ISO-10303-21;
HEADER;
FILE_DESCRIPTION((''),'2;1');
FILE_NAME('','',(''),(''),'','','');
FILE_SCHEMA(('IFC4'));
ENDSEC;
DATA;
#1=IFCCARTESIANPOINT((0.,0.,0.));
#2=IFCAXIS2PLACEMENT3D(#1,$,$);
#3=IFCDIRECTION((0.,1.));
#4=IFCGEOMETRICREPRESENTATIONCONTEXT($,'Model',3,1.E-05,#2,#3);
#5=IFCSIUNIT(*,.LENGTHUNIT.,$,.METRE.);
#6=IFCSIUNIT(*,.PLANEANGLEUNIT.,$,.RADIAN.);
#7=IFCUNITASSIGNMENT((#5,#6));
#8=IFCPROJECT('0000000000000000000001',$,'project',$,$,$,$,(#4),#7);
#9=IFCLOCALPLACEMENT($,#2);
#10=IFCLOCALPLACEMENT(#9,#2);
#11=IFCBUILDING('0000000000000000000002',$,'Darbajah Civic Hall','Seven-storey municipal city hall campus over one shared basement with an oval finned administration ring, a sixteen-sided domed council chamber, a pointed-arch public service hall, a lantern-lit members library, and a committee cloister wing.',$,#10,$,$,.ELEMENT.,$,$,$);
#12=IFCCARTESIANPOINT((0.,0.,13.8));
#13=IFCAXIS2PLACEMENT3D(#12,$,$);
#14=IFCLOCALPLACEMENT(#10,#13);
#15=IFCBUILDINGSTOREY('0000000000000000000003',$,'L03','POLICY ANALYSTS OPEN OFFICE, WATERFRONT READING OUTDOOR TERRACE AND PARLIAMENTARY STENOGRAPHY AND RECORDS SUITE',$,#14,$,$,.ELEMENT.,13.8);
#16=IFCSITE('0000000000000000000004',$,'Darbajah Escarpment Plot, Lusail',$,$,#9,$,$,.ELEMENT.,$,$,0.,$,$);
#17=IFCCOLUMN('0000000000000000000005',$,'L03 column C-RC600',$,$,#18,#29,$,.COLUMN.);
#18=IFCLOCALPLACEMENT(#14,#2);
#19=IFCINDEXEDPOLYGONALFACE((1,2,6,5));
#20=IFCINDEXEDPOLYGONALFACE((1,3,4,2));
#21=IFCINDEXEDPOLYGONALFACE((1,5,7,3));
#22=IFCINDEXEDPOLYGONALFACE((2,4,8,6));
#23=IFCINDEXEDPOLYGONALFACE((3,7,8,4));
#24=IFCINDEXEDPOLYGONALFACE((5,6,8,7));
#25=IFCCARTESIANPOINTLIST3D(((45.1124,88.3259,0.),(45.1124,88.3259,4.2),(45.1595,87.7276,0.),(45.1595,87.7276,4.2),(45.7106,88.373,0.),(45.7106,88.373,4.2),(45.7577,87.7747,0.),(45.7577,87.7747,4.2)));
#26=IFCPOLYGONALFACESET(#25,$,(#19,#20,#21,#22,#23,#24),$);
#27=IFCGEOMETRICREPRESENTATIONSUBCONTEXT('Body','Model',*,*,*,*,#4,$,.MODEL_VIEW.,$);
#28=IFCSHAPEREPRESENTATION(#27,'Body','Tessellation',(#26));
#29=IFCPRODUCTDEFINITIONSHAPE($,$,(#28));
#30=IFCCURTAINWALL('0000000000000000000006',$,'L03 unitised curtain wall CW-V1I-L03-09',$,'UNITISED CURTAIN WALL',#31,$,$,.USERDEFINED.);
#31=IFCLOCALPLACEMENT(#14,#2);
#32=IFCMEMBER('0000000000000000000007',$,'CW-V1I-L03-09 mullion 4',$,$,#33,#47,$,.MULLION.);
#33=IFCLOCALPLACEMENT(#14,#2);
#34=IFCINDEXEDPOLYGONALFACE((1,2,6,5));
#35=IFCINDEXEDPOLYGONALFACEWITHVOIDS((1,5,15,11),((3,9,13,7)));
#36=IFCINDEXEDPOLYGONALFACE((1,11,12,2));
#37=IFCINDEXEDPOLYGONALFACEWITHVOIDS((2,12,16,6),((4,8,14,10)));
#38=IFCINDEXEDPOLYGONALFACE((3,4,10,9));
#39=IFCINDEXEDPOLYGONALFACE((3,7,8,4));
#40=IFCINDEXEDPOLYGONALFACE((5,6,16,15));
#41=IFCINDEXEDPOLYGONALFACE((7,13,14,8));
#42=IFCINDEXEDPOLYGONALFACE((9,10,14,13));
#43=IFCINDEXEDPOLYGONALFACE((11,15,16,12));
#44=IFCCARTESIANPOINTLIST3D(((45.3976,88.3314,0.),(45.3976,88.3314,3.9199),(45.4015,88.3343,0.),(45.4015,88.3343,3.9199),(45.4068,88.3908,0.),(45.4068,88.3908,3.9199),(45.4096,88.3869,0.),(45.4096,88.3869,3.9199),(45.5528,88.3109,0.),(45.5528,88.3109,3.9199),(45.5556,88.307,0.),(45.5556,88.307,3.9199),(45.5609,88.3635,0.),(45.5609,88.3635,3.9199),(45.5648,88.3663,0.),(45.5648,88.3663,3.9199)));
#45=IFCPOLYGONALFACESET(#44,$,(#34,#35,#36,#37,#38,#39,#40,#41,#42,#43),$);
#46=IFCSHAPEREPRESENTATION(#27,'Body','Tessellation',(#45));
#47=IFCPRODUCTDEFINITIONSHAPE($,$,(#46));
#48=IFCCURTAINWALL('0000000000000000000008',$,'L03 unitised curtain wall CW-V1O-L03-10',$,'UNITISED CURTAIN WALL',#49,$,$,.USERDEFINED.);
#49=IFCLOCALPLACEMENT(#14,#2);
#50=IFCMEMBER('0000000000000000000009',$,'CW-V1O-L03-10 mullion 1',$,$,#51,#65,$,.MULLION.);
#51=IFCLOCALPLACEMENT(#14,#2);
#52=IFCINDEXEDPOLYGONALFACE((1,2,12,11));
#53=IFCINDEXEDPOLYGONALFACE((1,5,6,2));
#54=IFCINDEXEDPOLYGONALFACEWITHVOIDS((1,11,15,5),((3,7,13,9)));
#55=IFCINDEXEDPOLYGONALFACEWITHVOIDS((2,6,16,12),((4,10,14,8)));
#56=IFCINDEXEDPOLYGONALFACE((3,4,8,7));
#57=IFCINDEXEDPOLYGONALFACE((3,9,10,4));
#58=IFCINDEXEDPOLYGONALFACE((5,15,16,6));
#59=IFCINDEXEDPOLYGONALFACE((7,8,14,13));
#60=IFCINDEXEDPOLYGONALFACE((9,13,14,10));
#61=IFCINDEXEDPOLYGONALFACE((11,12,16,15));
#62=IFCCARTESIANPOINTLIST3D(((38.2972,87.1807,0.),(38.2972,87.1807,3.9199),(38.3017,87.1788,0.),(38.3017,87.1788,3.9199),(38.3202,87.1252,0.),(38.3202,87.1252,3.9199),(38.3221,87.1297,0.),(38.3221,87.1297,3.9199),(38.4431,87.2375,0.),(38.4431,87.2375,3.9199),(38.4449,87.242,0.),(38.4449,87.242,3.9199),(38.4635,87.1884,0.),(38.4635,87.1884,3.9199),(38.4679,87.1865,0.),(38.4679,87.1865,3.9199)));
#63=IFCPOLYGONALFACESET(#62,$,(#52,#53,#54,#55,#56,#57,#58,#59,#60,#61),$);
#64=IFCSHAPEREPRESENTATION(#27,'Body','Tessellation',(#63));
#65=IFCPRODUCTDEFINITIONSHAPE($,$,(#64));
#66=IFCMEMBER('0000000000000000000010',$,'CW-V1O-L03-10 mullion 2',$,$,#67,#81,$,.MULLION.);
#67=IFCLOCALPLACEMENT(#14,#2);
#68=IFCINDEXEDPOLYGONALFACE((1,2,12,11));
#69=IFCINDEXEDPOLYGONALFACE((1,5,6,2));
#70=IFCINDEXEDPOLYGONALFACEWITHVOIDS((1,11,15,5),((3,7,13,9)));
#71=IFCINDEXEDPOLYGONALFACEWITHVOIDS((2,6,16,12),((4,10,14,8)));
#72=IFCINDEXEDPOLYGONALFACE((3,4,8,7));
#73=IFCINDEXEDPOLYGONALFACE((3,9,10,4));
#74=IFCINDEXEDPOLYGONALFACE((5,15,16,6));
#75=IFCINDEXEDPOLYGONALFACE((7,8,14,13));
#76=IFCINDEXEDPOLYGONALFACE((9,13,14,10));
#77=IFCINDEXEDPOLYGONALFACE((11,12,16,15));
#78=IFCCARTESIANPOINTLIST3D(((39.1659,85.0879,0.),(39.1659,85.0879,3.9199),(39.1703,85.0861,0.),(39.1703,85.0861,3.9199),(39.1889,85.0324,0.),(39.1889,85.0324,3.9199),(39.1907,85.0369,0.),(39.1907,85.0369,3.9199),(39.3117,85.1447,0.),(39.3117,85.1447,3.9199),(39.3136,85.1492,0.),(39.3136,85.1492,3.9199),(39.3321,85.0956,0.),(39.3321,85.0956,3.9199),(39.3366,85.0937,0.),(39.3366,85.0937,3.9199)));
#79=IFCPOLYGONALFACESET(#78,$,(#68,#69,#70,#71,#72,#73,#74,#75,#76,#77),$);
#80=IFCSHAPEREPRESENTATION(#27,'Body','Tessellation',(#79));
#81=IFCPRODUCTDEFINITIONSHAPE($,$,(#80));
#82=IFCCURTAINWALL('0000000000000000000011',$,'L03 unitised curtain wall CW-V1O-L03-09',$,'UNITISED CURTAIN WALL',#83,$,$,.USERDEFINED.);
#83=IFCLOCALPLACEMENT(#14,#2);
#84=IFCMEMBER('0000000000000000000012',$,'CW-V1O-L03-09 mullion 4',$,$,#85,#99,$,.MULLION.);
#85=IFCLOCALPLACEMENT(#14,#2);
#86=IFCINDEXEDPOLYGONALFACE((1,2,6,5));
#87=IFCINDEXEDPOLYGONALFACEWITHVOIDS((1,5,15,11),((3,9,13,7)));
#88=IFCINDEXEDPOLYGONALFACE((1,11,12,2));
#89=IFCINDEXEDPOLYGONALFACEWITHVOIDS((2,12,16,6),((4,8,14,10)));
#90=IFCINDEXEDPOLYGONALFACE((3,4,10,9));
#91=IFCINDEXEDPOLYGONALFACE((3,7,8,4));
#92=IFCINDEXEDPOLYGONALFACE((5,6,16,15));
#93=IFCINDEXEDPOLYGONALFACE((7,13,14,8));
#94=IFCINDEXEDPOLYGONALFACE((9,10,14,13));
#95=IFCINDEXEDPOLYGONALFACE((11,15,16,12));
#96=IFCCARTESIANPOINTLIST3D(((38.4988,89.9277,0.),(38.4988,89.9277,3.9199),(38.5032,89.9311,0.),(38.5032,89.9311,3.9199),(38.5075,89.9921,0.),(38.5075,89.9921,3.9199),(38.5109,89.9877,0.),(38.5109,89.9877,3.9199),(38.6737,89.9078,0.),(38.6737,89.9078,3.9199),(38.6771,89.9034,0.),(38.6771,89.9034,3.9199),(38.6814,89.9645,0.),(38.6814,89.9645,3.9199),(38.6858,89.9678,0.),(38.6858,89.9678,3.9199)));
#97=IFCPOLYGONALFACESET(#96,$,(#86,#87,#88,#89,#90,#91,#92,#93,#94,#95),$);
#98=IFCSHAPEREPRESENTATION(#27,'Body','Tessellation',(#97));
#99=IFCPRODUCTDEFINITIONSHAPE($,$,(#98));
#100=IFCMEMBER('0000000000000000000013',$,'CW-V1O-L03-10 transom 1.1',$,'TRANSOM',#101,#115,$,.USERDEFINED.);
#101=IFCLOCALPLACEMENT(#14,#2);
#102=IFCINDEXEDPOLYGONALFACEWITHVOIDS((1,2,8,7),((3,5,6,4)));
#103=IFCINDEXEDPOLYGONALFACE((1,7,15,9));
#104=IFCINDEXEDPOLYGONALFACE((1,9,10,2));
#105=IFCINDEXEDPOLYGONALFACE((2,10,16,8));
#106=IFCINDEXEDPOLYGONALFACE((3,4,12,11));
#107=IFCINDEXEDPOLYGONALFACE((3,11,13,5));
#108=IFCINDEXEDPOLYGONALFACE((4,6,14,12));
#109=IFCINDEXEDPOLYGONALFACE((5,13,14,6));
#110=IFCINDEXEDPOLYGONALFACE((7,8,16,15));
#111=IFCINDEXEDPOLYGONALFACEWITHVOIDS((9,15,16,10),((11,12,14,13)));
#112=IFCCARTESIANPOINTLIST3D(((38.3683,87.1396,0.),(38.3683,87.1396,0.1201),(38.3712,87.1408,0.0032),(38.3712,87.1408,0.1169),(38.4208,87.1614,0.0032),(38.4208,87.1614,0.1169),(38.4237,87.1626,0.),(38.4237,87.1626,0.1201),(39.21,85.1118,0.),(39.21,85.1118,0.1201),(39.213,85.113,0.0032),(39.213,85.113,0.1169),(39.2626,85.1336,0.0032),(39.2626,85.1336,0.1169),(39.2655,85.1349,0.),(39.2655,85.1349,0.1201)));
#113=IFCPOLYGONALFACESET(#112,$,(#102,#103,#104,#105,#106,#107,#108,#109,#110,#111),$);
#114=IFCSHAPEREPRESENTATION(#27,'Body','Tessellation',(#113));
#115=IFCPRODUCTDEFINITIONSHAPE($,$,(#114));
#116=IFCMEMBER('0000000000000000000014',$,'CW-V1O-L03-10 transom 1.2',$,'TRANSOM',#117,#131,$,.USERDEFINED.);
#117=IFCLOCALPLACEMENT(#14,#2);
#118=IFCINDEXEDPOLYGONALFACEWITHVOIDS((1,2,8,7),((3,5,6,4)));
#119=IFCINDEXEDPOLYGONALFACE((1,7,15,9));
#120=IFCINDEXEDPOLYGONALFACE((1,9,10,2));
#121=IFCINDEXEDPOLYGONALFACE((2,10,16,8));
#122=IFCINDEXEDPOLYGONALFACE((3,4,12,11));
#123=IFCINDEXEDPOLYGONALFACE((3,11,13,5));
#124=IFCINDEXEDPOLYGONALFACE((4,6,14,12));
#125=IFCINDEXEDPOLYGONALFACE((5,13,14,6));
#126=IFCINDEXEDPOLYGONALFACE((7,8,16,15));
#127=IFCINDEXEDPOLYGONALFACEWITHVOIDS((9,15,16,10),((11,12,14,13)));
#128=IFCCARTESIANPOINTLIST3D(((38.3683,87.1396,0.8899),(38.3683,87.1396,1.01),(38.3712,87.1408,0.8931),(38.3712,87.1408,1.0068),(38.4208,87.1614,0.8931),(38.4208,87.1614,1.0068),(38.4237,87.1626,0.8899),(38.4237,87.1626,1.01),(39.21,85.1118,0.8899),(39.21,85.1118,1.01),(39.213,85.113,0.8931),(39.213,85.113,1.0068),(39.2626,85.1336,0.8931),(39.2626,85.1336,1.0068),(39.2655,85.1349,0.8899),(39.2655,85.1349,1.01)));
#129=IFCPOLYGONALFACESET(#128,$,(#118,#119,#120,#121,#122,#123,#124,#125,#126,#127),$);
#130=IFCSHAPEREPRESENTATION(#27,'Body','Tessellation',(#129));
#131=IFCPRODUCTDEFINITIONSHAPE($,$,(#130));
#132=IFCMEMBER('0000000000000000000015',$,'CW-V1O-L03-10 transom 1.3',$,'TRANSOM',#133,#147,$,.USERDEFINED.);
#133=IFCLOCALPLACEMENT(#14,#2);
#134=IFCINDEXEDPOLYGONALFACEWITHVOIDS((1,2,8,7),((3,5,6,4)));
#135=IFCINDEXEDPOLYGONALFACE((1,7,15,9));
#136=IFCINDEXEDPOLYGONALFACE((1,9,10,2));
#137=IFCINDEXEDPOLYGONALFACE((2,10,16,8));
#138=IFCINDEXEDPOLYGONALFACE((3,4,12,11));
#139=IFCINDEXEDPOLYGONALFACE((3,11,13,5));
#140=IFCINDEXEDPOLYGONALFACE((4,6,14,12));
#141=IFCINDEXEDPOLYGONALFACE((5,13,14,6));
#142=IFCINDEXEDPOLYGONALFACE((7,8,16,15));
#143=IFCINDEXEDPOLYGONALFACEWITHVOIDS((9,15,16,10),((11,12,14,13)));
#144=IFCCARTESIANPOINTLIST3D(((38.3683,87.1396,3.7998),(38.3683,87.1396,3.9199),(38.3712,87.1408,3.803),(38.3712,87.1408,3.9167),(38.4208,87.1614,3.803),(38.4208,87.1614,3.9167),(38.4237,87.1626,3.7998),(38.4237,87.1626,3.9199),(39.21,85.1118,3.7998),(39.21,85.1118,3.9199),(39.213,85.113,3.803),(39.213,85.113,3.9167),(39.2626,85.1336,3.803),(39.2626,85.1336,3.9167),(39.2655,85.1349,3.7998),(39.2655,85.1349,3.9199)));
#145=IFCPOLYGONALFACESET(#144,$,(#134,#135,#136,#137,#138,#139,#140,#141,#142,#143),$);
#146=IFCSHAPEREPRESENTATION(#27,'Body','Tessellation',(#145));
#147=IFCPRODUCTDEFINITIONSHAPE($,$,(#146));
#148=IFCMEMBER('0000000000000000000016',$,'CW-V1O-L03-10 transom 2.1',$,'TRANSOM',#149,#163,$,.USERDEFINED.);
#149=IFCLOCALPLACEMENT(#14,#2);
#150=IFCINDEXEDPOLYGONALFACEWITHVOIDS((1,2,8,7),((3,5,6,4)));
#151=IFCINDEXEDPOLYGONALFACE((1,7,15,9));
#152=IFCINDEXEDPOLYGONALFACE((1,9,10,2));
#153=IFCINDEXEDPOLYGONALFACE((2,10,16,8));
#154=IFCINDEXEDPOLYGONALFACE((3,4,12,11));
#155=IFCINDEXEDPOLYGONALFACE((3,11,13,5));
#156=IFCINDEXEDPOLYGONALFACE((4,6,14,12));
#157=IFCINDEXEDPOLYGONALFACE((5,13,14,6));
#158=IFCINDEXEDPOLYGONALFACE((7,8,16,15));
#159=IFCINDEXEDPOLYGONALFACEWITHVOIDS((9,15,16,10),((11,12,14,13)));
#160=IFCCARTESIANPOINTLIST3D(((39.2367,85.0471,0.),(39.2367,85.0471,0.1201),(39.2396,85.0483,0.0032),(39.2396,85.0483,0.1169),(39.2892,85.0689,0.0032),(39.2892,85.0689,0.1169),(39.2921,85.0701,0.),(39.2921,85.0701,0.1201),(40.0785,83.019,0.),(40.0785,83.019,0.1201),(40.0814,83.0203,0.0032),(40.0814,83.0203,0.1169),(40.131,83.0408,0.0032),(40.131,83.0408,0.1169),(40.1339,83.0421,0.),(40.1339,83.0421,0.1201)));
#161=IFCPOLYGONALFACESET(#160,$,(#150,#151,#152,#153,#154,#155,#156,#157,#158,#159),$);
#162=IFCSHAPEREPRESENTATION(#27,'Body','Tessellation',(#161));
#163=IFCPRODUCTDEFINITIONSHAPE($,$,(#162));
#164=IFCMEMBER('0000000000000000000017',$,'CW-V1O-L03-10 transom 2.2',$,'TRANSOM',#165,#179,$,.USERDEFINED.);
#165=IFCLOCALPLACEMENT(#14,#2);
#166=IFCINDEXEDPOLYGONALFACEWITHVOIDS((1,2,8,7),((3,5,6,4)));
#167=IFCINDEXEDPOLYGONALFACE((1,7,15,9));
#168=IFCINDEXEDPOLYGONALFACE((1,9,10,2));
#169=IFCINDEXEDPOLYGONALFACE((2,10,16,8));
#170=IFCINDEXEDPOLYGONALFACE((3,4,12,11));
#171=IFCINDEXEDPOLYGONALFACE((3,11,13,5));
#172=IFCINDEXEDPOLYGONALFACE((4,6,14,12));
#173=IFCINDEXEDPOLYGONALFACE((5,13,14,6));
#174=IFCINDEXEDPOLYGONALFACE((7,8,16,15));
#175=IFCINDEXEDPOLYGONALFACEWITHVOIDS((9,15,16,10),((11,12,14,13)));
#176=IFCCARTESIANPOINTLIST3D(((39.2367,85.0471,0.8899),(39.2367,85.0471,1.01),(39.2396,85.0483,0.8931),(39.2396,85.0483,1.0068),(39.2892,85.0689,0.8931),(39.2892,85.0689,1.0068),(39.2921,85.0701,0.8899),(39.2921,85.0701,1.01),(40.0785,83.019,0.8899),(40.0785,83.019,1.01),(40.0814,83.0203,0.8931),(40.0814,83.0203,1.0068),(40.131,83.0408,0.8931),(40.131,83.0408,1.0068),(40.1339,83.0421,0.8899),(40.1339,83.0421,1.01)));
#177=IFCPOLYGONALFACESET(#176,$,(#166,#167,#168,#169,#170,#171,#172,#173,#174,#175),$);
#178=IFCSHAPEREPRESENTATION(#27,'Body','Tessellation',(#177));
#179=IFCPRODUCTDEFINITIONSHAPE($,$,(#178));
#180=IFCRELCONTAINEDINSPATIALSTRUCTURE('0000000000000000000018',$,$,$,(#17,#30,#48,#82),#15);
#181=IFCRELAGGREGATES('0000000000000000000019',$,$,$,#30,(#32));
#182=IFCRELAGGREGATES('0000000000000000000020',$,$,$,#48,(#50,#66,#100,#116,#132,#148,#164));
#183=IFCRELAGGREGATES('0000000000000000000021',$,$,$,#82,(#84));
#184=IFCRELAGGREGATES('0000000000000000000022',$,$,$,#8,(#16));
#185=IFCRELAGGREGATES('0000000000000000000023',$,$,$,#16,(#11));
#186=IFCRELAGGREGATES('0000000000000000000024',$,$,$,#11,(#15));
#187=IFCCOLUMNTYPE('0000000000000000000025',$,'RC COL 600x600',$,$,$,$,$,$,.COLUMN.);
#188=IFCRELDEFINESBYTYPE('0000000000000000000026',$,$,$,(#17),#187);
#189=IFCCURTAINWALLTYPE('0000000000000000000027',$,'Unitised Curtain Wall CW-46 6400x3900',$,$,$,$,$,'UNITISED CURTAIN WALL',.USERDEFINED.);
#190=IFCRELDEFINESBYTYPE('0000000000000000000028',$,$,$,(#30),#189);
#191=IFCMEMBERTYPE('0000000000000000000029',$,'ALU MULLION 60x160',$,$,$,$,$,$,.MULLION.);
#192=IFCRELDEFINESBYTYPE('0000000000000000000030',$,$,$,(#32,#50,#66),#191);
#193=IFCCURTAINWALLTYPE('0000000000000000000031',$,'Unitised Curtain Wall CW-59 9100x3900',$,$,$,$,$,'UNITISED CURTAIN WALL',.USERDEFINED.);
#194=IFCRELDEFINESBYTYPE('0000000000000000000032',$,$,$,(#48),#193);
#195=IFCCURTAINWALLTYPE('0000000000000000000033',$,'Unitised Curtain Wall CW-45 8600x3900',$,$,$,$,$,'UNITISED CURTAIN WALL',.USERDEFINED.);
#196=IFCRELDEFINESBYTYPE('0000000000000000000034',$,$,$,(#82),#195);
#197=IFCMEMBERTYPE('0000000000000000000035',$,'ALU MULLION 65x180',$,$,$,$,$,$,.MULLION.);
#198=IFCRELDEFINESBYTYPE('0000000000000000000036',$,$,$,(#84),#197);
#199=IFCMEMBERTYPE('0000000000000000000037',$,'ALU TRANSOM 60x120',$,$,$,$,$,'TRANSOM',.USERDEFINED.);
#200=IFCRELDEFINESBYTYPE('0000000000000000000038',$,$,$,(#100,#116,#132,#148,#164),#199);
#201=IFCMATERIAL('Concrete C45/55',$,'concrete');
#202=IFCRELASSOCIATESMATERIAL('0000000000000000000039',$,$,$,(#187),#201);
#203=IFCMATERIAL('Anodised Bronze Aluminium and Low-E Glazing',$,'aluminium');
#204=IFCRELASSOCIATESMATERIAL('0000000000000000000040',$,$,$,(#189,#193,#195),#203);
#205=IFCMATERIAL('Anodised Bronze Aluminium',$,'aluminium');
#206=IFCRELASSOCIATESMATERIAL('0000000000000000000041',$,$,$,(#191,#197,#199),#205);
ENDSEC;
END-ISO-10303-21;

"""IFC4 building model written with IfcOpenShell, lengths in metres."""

from ifc_helpers import new_model, si_unit, direction, frame, origin, origin_2d, place, context, subcontext, project, spatial, rectangle, hollow_rectangle, extrude, material, material_profile, profile_set, type_object, element, aggregate, save


model = new_model("IFC4")

# Units and contexts
model_context = context("Model", 3, precision=1e-05, world=origin(), true_north=direction((0.0, 1.0)))
body_context = subcontext(model_context, "Body", "Model", "MODEL_VIEW")
ifc_project = project(units=[si_unit("LENGTHUNIT", "METRE"), si_unit("PLANEANGLEUNIT", "RADIAN")], contexts=[model_context])

# Site, building, storey
site_placement = place(None, origin())
site = spatial("IfcSite", under=ifc_project, at=site_placement, Name="Darbajah Escarpment Plot, Lusail", CompositionType="ELEMENT", RefElevation=0.0)
building_placement = place(site_placement, origin())
building = spatial("IfcBuilding", under=site, at=building_placement, Name="Darbajah Civic Hall", Description="Seven-storey municipal city hall campus over one shared basement with an oval finned administration ring, a sixteen-sided domed council chamber, a pointed-arch public service hall, a lantern-lit members library, and a committee cloister wing.", CompositionType="ELEMENT")
storey_placement = place(building_placement, frame((0.0, 0.0, 13.8)))
storey = spatial("IfcBuildingStorey", under=building, at=storey_placement, Name="L03", Description="POLICY ANALYSTS OPEN OFFICE, WATERFRONT READING OUTDOOR TERRACE AND PARLIAMENTARY STENOGRAPHY AND RECORDS SUITE", CompositionType="ELEMENT", Elevation=13.8)

# Column
ifc_material_1 = material(Name="Concrete C45/55", Category="concrete")
ifc_material_profile_1 = material_profile(ifc_material_1, rectangle(XDim=0.6001, YDim=0.6001, at=origin_2d()), Name="RC COL 600x600")
ifc_profile_set_1 = profile_set([ifc_material_profile_1], Name="Concrete C45/55")
column_type = type_object("IfcColumnType", Name="RC COL 600x600", PredefinedType="COLUMN", material=ifc_profile_set_1)
column_placement = place(storey_placement, frame((45.4351, 88.0503, 0.0), z_axis=(0.0, 0.0, 1.0), x_axis=(-0.996917, -0.078459, 0.0)))
element("IfcColumn", 1, at=column_placement, inside=storey, type_object=column_type, Name="L03 column C-RC600", PredefinedType="COLUMN", context=body_context, shape_type="SweptSolid", body=[
    extrude(rectangle(XDim=0.6001, YDim=0.6001, at=origin_2d()), origin(), (0.0, 0.0, 1.0), 4.2),
])

# Curtain wall, member
ifc_material_2 = material(Name="Anodised Bronze Aluminium and Low-E Glazing", Category="aluminium")
curtain_wall_type_1 = type_object("IfcCurtainWallType", Name="Unitised Curtain Wall CW-46 6400x3900", ElementType="UNITISED CURTAIN WALL", PredefinedType="USERDEFINED", material=ifc_material_2)
curtain_wall_1_placement = place(storey_placement, origin())
curtain_wall_1 = element("IfcCurtainWall", 2, at=curtain_wall_1_placement, inside=storey, type_object=curtain_wall_type_1, Name="L03 unitised curtain wall CW-V1I-L03-09", ObjectType="UNITISED CURTAIN WALL", PredefinedType="USERDEFINED")
ifc_material_3 = material(Name="Anodised Bronze Aluminium", Category="aluminium")
ifc_material_profile_2 = material_profile(ifc_material_3, hollow_rectangle(XDim=0.0601, YDim=0.1599, WallThickness=0.0034, at=origin_2d()), Name="ALU MULLION 60x160")
ifc_profile_set_2 = profile_set([ifc_material_profile_2], Name="Anodised Bronze Aluminium")
member_type_1 = type_object("IfcMemberType", Name="ALU MULLION 60x160", PredefinedType="MULLION", material=ifc_profile_set_2)
member_1_placement = place(storey_placement, frame((45.4812, 88.3489, 0.0), z_axis=(0.0, 0.0, 1.0), x_axis=(-0.152813, -0.988255, 0.0)))
member_1 = element("IfcMember", 3, at=member_1_placement, type_object=member_type_1, Name="CW-V1I-L03-09 mullion 4", PredefinedType="MULLION", context=body_context, shape_type="SweptSolid", body=[
    extrude(hollow_rectangle(XDim=0.0601, YDim=0.1599, WallThickness=0.0034, at=origin_2d()), origin(), (0.0, 0.0, 1.0), 3.9199),
])

# Curtain wall, members
curtain_wall_type_2 = type_object("IfcCurtainWallType", Name="Unitised Curtain Wall CW-59 9100x3900", ElementType="UNITISED CURTAIN WALL", PredefinedType="USERDEFINED", material=ifc_material_2)
curtain_wall_2_placement = place(storey_placement, origin())
curtain_wall_2 = element("IfcCurtainWall", 4, at=curtain_wall_2_placement, inside=storey, type_object=curtain_wall_type_2, Name="L03 unitised curtain wall CW-V1O-L03-10", ObjectType="UNITISED CURTAIN WALL", PredefinedType="USERDEFINED")
member_2_placement = place(storey_placement, frame((38.3826, 87.1836, 0.0), z_axis=(0.0, 0.0, 1.0), x_axis=(0.383328, -0.923612, 0.0)))
member_2 = element("IfcMember", 5, at=member_2_placement, type_object=member_type_1, Name="CW-V1O-L03-10 mullion 1", PredefinedType="MULLION", context=body_context, shape_type="SweptSolid", body=[
    extrude(hollow_rectangle(XDim=0.0601, YDim=0.1599, WallThickness=0.0034, at=origin_2d()), origin(), (0.0, 0.0, 1.0), 3.9199),
])
member_3_placement = place(storey_placement, frame((39.2512, 85.0908, 0.0), z_axis=(0.0, 0.0, 1.0), x_axis=(0.383328, -0.923612, 0.0)))
member_3 = element("IfcMember", 6, at=member_3_placement, type_object=member_type_1, Name="CW-V1O-L03-10 mullion 2", PredefinedType="MULLION", context=body_context, shape_type="SweptSolid", body=[
    extrude(hollow_rectangle(XDim=0.0601, YDim=0.1599, WallThickness=0.0034, at=origin_2d()), origin(), (0.0, 0.0, 1.0), 3.9199),
])

# Curtain wall, member
curtain_wall_type_3 = type_object("IfcCurtainWallType", Name="Unitised Curtain Wall CW-45 8600x3900", ElementType="UNITISED CURTAIN WALL", PredefinedType="USERDEFINED", material=ifc_material_2)
curtain_wall_3_placement = place(storey_placement, origin())
curtain_wall_3 = element("IfcCurtainWall", 7, at=curtain_wall_3_placement, inside=storey, type_object=curtain_wall_type_3, Name="L03 unitised curtain wall CW-V1O-L03-09", ObjectType="UNITISED CURTAIN WALL", PredefinedType="USERDEFINED")
ifc_material_profile_3 = material_profile(ifc_material_3, hollow_rectangle(XDim=0.0649, YDim=0.1799, WallThickness=0.0039, at=origin_2d()), Name="ALU MULLION 65x180")
ifc_profile_set_3 = profile_set([ifc_material_profile_3], Name="Anodised Bronze Aluminium")
member_type_2 = type_object("IfcMemberType", Name="ALU MULLION 65x180", PredefinedType="MULLION", material=ifc_profile_set_3)
member_4_placement = place(storey_placement, frame((38.5923, 89.9478, 0.0), z_axis=(0.0, 0.0, 1.0), x_axis=(-0.134851, -0.990866, 0.0)))
member_4 = element("IfcMember", 8, at=member_4_placement, type_object=member_type_2, Name="CW-V1O-L03-09 mullion 4", PredefinedType="MULLION", context=body_context, shape_type="SweptSolid", body=[
    extrude(hollow_rectangle(XDim=0.0649, YDim=0.1799, WallThickness=0.0039, at=origin_2d()), origin(), (0.0, 0.0, 1.0), 3.9199),
])

# Members
ifc_material_profile_4 = material_profile(ifc_material_3, hollow_rectangle(XDim=0.0601, YDim=0.1201, WallThickness=0.0032, at=origin_2d()), Name="ALU TRANSOM 60x120")
ifc_profile_set_4 = profile_set([ifc_material_profile_4], Name="Anodised Bronze Aluminium")
member_type_3 = type_object("IfcMemberType", Name="ALU TRANSOM 60x120", ElementType="TRANSOM", PredefinedType="USERDEFINED", material=ifc_profile_set_4)
member_5_placement = place(storey_placement, frame((38.396, 87.1511, 0.0601), z_axis=(0.383399, -0.923583, 0.0), x_axis=(0.923583, 0.383399, 0.0)))
member_5 = element("IfcMember", 9, at=member_5_placement, type_object=member_type_3, Name="CW-V1O-L03-10 transom 1.1", ObjectType="TRANSOM", PredefinedType="USERDEFINED", context=body_context, shape_type="SweptSolid", body=[
    extrude(hollow_rectangle(XDim=0.0601, YDim=0.1201, WallThickness=0.0032, at=origin_2d()), origin(), (0.0, 0.0, 1.0), 2.1956),
])
member_6_placement = place(storey_placement, frame((38.396, 87.1511, 0.95), z_axis=(0.383399, -0.923583, 0.0), x_axis=(0.923583, 0.383399, 0.0)))
member_6 = element("IfcMember", 10, at=member_6_placement, type_object=member_type_3, Name="CW-V1O-L03-10 transom 1.2", ObjectType="TRANSOM", PredefinedType="USERDEFINED", context=body_context, shape_type="SweptSolid", body=[
    extrude(hollow_rectangle(XDim=0.0601, YDim=0.1201, WallThickness=0.0032, at=origin_2d()), origin(), (0.0, 0.0, 1.0), 2.1956),
])
member_7_placement = place(storey_placement, frame((38.396, 87.1511, 3.8599), z_axis=(0.383399, -0.923583, 0.0), x_axis=(0.923583, 0.383399, 0.0)))
member_7 = element("IfcMember", 11, at=member_7_placement, type_object=member_type_3, Name="CW-V1O-L03-10 transom 1.3", ObjectType="TRANSOM", PredefinedType="USERDEFINED", context=body_context, shape_type="SweptSolid", body=[
    extrude(hollow_rectangle(XDim=0.0601, YDim=0.1201, WallThickness=0.0032, at=origin_2d()), origin(), (0.0, 0.0, 1.0), 2.1956),
])
member_8_placement = place(storey_placement, frame((39.2644, 85.0586, 0.0601), z_axis=(0.38336, -0.923599, 0.0), x_axis=(0.923599, 0.38336, 0.0)))
member_8 = element("IfcMember", 12, at=member_8_placement, type_object=member_type_3, Name="CW-V1O-L03-10 transom 2.1", ObjectType="TRANSOM", PredefinedType="USERDEFINED", context=body_context, shape_type="SweptSolid", body=[
    extrude(hollow_rectangle(XDim=0.0601, YDim=0.1201, WallThickness=0.0032, at=origin_2d()), origin(), (0.0, 0.0, 1.0), 2.1958),
])
member_9_placement = place(storey_placement, frame((39.2644, 85.0586, 0.95), z_axis=(0.38336, -0.923599, 0.0), x_axis=(0.923599, 0.38336, 0.0)))
member_9 = element("IfcMember", 13, at=member_9_placement, type_object=member_type_3, Name="CW-V1O-L03-10 transom 2.2", ObjectType="TRANSOM", PredefinedType="USERDEFINED", context=body_context, shape_type="SweptSolid", body=[
    extrude(hollow_rectangle(XDim=0.0601, YDim=0.1201, WallThickness=0.0032, at=origin_2d()), origin(), (0.0, 0.0, 1.0), 2.1958),
])

aggregate(curtain_wall_1, [member_1])
aggregate(curtain_wall_2, [member_2, member_3, member_5, member_6, member_7, member_8, member_9])
aggregate(curtain_wall_3, [member_4])

save(model, "model.ifc")
